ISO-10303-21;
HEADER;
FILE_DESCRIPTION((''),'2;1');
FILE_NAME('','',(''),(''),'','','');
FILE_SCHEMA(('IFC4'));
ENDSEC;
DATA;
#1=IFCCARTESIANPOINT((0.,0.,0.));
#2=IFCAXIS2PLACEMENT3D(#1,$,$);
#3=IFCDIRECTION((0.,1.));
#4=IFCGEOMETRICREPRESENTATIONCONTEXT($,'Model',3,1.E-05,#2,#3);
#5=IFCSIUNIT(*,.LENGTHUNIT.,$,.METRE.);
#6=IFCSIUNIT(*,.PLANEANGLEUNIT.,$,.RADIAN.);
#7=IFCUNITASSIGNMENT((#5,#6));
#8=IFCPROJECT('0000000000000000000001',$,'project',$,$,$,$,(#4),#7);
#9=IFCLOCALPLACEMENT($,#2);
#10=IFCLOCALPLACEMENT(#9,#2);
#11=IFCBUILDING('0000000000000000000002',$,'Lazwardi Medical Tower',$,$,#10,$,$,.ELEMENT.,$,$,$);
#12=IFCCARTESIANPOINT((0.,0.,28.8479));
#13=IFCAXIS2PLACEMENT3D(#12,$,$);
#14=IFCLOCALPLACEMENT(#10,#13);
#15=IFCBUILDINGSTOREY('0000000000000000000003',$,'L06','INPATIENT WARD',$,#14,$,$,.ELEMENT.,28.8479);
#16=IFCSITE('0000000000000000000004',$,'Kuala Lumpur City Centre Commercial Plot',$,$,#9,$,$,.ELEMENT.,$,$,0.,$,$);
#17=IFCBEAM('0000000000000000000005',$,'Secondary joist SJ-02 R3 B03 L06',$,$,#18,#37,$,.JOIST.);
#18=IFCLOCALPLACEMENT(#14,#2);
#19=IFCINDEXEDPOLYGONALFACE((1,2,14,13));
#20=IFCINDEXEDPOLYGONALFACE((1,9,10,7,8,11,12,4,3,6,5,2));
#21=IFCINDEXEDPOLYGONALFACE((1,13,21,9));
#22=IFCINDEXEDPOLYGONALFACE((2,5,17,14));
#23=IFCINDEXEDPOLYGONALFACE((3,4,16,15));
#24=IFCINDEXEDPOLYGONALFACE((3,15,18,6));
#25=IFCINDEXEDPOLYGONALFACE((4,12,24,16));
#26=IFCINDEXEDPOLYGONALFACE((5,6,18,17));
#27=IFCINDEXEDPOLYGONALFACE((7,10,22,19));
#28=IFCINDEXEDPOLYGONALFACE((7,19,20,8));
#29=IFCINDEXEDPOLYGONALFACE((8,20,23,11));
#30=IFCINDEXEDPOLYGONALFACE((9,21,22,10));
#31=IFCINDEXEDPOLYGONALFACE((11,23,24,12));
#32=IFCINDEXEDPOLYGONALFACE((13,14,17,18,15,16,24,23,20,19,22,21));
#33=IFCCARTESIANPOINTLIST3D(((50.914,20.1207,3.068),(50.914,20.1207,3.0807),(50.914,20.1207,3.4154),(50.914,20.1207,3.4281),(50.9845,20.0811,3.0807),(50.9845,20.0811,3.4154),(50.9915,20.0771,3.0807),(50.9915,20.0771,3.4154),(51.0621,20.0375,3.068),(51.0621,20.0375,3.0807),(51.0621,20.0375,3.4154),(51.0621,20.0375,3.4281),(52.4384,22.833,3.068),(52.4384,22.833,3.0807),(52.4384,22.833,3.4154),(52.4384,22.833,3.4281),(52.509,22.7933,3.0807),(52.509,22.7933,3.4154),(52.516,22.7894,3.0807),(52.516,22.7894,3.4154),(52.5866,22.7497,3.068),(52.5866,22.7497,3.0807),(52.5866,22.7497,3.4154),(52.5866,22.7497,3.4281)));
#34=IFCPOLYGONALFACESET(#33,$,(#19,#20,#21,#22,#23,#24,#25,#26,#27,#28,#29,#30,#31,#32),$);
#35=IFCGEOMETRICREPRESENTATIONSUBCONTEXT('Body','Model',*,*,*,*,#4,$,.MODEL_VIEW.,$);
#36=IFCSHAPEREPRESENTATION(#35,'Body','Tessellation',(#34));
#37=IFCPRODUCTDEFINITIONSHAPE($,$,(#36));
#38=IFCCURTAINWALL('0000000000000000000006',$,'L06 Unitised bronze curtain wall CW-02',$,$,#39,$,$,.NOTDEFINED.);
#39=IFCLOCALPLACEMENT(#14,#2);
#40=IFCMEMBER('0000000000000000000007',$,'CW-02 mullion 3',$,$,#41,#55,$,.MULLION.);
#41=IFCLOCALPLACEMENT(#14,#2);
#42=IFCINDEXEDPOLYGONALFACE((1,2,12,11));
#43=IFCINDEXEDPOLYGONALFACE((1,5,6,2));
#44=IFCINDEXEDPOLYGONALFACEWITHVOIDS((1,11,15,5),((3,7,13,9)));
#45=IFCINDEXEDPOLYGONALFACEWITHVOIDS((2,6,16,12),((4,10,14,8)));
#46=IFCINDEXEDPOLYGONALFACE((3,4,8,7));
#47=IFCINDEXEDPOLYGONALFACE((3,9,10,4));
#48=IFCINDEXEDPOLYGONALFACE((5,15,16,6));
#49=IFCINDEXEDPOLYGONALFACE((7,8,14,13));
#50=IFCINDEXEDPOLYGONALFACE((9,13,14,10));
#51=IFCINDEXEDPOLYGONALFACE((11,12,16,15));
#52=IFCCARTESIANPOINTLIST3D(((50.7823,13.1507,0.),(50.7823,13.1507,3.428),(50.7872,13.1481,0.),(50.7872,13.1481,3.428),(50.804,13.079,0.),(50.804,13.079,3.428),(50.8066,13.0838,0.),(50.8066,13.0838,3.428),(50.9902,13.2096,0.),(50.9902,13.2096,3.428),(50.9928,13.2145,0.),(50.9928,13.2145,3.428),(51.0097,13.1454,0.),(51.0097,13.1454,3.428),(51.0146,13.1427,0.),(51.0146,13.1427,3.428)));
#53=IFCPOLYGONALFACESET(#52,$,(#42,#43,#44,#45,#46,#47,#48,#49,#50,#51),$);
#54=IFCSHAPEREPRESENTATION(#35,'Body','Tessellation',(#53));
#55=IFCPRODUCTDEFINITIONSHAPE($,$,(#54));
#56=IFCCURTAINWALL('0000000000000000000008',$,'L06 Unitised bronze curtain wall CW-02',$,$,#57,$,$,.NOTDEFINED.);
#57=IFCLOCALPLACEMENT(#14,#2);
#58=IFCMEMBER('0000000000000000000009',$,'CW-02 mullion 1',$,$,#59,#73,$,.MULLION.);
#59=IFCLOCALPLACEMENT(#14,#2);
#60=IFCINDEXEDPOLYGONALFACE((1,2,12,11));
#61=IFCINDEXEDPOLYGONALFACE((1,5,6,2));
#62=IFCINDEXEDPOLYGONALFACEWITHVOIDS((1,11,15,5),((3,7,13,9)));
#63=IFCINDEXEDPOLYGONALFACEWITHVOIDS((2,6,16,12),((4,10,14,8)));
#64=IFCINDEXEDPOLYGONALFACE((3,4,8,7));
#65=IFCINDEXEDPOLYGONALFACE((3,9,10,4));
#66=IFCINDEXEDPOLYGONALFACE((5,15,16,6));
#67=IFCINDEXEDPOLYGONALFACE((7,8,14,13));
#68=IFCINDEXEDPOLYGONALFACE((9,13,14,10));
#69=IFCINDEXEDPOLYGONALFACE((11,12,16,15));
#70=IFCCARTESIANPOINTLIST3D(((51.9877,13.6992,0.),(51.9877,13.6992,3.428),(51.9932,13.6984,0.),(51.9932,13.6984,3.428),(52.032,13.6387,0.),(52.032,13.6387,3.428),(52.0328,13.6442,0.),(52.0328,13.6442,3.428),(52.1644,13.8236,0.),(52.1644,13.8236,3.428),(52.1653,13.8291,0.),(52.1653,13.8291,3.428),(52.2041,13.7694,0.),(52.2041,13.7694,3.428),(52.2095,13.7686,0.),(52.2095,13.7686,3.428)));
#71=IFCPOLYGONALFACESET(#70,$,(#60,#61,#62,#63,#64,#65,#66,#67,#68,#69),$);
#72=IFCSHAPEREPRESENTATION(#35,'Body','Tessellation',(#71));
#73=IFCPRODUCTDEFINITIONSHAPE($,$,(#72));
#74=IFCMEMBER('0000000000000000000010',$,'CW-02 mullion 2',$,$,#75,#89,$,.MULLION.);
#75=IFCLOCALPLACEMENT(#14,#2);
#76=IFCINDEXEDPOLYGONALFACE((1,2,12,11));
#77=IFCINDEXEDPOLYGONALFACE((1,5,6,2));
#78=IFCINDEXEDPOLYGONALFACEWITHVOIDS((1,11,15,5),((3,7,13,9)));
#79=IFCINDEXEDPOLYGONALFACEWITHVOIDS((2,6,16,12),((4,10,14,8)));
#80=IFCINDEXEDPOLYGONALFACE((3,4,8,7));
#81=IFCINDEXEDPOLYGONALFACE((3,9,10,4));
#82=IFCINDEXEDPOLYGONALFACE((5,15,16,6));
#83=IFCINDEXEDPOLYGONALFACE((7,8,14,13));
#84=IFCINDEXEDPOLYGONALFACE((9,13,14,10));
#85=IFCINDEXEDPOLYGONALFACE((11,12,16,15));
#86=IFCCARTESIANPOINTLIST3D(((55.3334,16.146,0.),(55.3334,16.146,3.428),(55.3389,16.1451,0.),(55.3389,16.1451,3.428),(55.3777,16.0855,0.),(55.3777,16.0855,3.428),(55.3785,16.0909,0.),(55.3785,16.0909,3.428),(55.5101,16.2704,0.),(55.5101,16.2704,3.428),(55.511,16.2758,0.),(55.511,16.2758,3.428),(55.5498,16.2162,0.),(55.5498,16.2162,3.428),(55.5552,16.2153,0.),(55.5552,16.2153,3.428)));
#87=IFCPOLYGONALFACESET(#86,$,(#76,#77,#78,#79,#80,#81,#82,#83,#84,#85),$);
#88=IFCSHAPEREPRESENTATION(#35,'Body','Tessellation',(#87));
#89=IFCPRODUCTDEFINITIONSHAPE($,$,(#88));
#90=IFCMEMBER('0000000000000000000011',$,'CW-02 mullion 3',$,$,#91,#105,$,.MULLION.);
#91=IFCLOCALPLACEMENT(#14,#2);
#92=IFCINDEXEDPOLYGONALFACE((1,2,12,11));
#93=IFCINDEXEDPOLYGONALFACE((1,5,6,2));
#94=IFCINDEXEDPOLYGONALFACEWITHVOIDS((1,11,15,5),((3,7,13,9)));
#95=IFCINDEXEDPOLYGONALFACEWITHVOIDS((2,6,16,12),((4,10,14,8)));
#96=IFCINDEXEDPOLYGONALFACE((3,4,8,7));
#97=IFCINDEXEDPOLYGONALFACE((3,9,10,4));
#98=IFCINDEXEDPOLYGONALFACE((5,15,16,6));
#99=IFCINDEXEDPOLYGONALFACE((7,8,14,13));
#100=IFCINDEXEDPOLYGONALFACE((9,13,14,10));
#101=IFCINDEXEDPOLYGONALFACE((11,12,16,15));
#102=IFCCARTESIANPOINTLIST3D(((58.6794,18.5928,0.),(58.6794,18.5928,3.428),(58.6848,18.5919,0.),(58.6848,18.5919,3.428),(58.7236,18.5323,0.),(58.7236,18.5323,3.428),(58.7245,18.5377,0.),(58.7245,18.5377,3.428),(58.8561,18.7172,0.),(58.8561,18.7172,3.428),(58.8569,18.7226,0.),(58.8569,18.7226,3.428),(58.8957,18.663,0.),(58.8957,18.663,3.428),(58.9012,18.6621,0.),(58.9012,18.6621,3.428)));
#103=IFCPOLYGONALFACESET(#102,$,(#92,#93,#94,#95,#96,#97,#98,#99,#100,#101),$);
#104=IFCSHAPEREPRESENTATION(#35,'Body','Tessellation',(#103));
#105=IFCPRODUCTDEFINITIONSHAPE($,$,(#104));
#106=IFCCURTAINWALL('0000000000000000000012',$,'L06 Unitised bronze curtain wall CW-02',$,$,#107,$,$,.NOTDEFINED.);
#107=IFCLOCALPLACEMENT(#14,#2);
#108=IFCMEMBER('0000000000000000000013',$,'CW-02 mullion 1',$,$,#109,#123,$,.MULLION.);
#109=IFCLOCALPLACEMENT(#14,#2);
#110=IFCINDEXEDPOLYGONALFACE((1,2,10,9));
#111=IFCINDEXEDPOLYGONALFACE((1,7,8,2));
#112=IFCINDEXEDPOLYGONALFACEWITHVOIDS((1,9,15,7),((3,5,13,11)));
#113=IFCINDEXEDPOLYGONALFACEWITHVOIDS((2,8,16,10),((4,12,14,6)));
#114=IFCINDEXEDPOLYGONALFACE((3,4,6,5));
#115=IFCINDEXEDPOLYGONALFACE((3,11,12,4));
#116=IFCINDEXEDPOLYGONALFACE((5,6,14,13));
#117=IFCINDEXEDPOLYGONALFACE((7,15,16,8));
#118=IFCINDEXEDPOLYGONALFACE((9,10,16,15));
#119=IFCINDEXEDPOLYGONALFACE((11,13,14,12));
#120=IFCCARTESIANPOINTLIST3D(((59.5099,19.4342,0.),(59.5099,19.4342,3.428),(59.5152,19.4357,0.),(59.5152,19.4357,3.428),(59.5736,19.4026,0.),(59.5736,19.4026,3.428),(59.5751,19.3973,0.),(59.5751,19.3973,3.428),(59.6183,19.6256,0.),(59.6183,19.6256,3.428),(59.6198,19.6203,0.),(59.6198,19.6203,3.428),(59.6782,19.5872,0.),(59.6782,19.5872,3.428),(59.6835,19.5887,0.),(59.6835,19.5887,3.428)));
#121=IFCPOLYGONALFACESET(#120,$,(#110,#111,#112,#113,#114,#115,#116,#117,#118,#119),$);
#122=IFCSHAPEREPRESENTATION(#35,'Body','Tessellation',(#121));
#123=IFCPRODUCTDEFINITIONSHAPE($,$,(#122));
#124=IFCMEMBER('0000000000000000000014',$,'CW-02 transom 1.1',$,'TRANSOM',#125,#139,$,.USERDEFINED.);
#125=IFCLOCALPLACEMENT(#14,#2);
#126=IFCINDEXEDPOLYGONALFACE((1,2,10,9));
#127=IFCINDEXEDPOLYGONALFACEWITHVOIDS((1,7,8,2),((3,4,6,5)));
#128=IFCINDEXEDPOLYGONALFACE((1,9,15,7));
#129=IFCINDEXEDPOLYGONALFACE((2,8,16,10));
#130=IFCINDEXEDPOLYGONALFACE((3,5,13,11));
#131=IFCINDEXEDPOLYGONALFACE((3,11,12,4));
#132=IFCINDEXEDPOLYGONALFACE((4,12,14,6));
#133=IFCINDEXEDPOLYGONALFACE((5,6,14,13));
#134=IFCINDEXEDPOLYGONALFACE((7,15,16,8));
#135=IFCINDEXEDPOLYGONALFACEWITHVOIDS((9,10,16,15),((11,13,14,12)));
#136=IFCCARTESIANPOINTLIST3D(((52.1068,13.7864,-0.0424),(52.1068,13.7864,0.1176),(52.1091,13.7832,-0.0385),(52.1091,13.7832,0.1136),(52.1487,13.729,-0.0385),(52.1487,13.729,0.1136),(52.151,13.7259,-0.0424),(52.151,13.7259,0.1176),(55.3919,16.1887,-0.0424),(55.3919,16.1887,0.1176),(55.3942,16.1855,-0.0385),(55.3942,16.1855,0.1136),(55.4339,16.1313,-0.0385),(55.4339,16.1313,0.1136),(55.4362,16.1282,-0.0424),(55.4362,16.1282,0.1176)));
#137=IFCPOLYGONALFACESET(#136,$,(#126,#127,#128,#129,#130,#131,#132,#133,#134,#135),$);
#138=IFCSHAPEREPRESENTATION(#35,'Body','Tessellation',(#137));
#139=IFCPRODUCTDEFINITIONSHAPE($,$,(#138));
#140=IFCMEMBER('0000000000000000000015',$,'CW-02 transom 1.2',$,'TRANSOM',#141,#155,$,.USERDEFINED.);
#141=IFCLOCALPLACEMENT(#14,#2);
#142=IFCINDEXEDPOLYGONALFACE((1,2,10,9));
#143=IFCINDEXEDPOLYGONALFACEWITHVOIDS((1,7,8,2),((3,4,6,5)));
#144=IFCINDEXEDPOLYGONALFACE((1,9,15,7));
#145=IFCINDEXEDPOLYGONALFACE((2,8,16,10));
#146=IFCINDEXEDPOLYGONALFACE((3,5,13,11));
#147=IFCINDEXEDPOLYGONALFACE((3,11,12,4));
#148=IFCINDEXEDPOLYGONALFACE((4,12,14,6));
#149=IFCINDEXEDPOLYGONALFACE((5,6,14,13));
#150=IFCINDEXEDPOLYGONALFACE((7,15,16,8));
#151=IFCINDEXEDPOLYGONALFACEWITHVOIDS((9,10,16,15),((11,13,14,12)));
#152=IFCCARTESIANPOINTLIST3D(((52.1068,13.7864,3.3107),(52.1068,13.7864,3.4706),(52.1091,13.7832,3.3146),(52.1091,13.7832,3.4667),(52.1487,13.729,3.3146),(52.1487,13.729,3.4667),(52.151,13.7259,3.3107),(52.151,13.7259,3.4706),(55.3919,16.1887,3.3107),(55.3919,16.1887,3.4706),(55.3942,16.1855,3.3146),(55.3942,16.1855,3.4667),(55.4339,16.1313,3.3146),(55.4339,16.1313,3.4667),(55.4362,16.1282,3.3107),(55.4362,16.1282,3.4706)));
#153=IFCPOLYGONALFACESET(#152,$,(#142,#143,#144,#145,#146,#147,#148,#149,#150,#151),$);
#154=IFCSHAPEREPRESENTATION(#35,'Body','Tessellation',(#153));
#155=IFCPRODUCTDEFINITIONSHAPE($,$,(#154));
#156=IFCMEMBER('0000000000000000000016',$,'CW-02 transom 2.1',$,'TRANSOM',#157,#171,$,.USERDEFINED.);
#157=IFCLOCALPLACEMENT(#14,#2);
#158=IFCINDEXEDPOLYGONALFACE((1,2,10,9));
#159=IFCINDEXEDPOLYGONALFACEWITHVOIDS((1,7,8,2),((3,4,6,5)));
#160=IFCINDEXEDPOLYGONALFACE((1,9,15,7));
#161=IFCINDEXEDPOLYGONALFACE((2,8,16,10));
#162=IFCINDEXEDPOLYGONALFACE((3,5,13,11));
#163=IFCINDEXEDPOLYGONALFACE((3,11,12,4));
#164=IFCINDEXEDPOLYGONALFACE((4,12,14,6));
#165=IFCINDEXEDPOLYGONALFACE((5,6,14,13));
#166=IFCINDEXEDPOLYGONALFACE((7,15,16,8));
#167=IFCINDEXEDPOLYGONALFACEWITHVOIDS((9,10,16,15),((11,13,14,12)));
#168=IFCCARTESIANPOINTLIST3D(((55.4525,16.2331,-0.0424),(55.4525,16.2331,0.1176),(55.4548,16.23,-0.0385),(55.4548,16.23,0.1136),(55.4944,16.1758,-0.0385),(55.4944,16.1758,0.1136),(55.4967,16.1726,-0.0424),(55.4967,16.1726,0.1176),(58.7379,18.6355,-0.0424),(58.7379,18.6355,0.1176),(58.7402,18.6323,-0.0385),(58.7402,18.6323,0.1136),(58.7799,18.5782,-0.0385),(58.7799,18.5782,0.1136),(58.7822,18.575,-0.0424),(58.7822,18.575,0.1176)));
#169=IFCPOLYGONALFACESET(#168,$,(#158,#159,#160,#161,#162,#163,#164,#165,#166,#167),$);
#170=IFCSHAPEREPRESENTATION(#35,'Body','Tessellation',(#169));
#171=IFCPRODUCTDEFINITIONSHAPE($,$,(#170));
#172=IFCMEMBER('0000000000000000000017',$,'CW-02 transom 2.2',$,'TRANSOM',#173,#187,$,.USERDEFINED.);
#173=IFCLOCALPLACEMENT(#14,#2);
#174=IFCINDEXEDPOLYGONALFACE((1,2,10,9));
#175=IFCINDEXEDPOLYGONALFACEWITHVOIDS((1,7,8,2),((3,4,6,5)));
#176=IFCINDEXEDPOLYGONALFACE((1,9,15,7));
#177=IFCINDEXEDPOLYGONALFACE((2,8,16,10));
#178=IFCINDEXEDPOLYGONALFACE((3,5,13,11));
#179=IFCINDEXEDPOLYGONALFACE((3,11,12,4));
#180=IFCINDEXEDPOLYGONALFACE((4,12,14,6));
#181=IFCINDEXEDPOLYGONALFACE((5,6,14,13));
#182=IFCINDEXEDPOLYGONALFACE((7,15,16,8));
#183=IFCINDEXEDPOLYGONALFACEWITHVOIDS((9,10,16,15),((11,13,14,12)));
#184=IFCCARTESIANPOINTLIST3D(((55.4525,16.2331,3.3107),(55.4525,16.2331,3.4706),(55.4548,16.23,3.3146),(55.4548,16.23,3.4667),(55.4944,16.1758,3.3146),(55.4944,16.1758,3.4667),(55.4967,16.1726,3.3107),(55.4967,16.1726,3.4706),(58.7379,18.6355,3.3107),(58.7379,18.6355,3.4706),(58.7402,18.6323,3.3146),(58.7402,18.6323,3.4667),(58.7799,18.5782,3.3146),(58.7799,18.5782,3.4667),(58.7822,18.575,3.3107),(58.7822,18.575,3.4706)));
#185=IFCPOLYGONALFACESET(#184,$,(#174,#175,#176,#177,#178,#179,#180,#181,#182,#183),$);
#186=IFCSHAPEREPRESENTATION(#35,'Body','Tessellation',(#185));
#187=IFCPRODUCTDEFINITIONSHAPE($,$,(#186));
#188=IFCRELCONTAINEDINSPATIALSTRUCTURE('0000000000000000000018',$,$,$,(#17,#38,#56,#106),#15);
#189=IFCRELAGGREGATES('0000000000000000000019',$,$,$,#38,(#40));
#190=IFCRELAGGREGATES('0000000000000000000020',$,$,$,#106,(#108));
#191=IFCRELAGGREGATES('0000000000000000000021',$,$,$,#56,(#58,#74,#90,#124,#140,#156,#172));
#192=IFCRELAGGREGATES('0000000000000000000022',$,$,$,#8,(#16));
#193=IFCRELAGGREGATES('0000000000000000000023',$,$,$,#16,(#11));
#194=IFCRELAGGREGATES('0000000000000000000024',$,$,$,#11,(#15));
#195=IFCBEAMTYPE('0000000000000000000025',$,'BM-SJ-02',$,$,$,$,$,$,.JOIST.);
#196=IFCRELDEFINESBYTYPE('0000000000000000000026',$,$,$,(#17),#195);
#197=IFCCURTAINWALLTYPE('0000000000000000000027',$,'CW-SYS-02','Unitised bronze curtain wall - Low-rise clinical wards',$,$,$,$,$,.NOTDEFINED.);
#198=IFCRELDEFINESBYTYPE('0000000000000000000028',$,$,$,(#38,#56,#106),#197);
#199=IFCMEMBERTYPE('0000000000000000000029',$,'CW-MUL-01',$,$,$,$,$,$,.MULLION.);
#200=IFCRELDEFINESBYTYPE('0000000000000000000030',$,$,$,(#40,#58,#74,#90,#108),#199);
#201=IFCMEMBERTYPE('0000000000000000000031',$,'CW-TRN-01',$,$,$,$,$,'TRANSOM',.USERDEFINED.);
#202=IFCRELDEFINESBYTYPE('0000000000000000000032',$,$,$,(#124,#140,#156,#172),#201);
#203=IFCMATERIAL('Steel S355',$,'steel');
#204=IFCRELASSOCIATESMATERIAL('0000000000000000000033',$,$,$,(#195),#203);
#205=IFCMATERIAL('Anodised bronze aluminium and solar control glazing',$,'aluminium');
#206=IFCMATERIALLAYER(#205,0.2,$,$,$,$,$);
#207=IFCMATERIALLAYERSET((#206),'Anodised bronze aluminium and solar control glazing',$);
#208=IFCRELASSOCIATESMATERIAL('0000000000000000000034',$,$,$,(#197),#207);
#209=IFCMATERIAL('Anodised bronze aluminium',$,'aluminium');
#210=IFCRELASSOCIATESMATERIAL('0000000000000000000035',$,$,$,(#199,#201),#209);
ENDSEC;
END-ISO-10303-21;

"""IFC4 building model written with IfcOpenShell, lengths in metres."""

from ifc_helpers import new_model, si_unit, direction, frame, origin, origin_2d, place, context, subcontext, project, spatial, hollow_rectangle, i_section, extrude, material, layer, layer_set, material_profile, profile_set, type_object, element, aggregate, save


model = new_model("IFC4")

# Units and contexts
model_context = context("Model", 3, precision=1e-05, world=origin(), true_north=direction((0.0, 1.0)))
body_context = subcontext(model_context, "Body", "Model", "MODEL_VIEW")
ifc_project = project(units=[si_unit("LENGTHUNIT", "METRE"), si_unit("PLANEANGLEUNIT", "RADIAN")], contexts=[model_context])

# Site, building, storey
site_placement = place(None, origin())
site = spatial("IfcSite", under=ifc_project, at=site_placement, Name="Kuala Lumpur City Centre Commercial Plot", CompositionType="ELEMENT", RefElevation=0.0)
building_placement = place(site_placement, origin())
building = spatial("IfcBuilding", under=site, at=building_placement, Name="Lazwardi Medical Tower", CompositionType="ELEMENT")
storey_placement = place(building_placement, frame((0.0, 0.0, 28.8479)))
storey = spatial("IfcBuildingStorey", under=building, at=storey_placement, Name="L06", Description="INPATIENT WARD", CompositionType="ELEMENT", Elevation=28.8479)

# Beam
ifc_material_1 = material(Name="Steel S355", Category="steel")
ifc_material_profile_1 = material_profile(ifc_material_1, i_section(OverallWidth=0.1699, OverallDepth=0.3601, WebThickness=0.0081, FlangeThickness=0.0127, at=origin_2d()), Name="IPE 360")
ifc_profile_set_1 = profile_set([ifc_material_profile_1], Name="Steel S355")
beam_type_1 = type_object("IfcBeamType", Name="BM-SJ-02", PredefinedType="JOIST", material=ifc_profile_set_1)
beam_1_placement = place(storey_placement, frame((50.988, 20.0791, 3.248), z_axis=(0.489974, 0.871737, 0.0), x_axis=(-0.871737, 0.489974, 0.0)))
element("IfcBeam", 1, at=beam_1_placement, inside=storey, type_object=beam_type_1, Name="Secondary joist SJ-02 R3 B03 L06", PredefinedType="JOIST", context=body_context, shape_type="SweptSolid", body=[
    extrude(i_section(OverallWidth=0.1699, OverallDepth=0.3601, WebThickness=0.0081, FlangeThickness=0.0127, at=origin_2d()), origin(), (0.0, 0.0, 1.0), 3.1113),
])

# Curtain wall, member
ifc_material_2 = material(Name="Anodised bronze aluminium and solar control glazing", Category="aluminium")
ifc_layer_1 = layer(ifc_material_2, 0.2)
ifc_layer_set_1 = layer_set([ifc_layer_1], Name="Anodised bronze aluminium and solar control glazing")
curtain_wall_type = type_object("IfcCurtainWallType", Name="CW-SYS-02", Description="Unitised bronze curtain wall - Low-rise clinical wards", PredefinedType="NOTDEFINED", material=ifc_layer_set_1)
curtain_wall_1_placement = place(storey_placement, origin())
curtain_wall_1 = element("IfcCurtainWall", 2, at=curtain_wall_1_placement, inside=storey, type_object=curtain_wall_type, Name="L06 Unitised bronze curtain wall CW-02", PredefinedType="NOTDEFINED")
ifc_material_3 = material(Name="Anodised bronze aluminium", Category="aluminium")
ifc_material_profile_2 = material_profile(ifc_material_3, hollow_rectangle(XDim=0.075, YDim=0.22, WallThickness=0.0039, at=origin_2d()), Name="ALU-MULLION 220x75x4")
ifc_profile_set_2 = profile_set([ifc_material_profile_2], Name="Anodised bronze aluminium")
member_type_1 = type_object("IfcMemberType", Name="CW-MUL-01", PredefinedType="MULLION", material=ifc_profile_set_2)
member_1_placement = place(storey_placement, frame((50.8984, 13.1467, 0.0), z_axis=(0.0, 0.0, 1.0), x_axis=(-0.289896, 0.957058, 0.0)))
member_1 = element("IfcMember", 3, at=member_1_placement, type_object=member_type_1, Name="CW-02 mullion 3", PredefinedType="MULLION", context=body_context, shape_type="SweptSolid", body=[
    extrude(hollow_rectangle(XDim=0.075, YDim=0.22, WallThickness=0.0039, at=origin_2d()), origin(), (0.0, 0.0, 1.0), 3.428),
])
aggregate(curtain_wall_1, [member_1])

# Curtain wall, members
curtain_wall_2_placement = place(storey_placement, origin())
curtain_wall_2 = element("IfcCurtainWall", 4, at=curtain_wall_2_placement, inside=storey, type_object=curtain_wall_type, Name="L06 Unitised bronze curtain wall CW-02", PredefinedType="NOTDEFINED")
member_2_placement = place(storey_placement, frame((52.0986, 13.7339, 0.0), z_axis=(0.0, 0.0, 1.0), x_axis=(-0.590289, 0.807192, 0.0)))
member_2 = element("IfcMember", 5, at=member_2_placement, type_object=member_type_1, Name="CW-02 mullion 1", PredefinedType="MULLION", context=body_context, shape_type="SweptSolid", body=[
    extrude(hollow_rectangle(XDim=0.075, YDim=0.22, WallThickness=0.0039, at=origin_2d()), origin(), (0.0, 0.0, 1.0), 3.428),
])
member_3_placement = place(storey_placement, frame((55.4443, 16.1807, 0.0), z_axis=(0.0, 0.0, 1.0), x_axis=(-0.590289, 0.807192, 0.0)))
member_3 = element("IfcMember", 6, at=member_3_placement, type_object=member_type_1, Name="CW-02 mullion 2", PredefinedType="MULLION", context=body_context, shape_type="SweptSolid", body=[
    extrude(hollow_rectangle(XDim=0.075, YDim=0.22, WallThickness=0.0039, at=origin_2d()), origin(), (0.0, 0.0, 1.0), 3.428),
])
member_4_placement = place(storey_placement, frame((58.7903, 18.6274, 0.0), z_axis=(0.0, 0.0, 1.0), x_axis=(-0.590289, 0.807192, 0.0)))
member_4 = element("IfcMember", 7, at=member_4_placement, type_object=member_type_1, Name="CW-02 mullion 3", PredefinedType="MULLION", context=body_context, shape_type="SweptSolid", body=[
    extrude(hollow_rectangle(XDim=0.075, YDim=0.22, WallThickness=0.0039, at=origin_2d()), origin(), (0.0, 0.0, 1.0), 3.428),
])

# Curtain wall, member
curtain_wall_3_placement = place(storey_placement, origin())
curtain_wall_3 = element("IfcCurtainWall", 8, at=curtain_wall_3_placement, inside=storey, type_object=curtain_wall_type, Name="L06 Unitised bronze curtain wall CW-02", PredefinedType="NOTDEFINED")
member_5_placement = place(storey_placement, frame((59.5967, 19.5115, 0.0), z_axis=(0.0, 0.0, 1.0), x_axis=(-0.870112, 0.492854, 0.0)))
member_5 = element("IfcMember", 9, at=member_5_placement, type_object=member_type_1, Name="CW-02 mullion 1", PredefinedType="MULLION", context=body_context, shape_type="SweptSolid", body=[
    extrude(hollow_rectangle(XDim=0.075, YDim=0.22, WallThickness=0.0039, at=origin_2d()), origin(), (0.0, 0.0, 1.0), 3.428),
])

# Members
ifc_material_profile_3 = material_profile(ifc_material_3, hollow_rectangle(XDim=0.075, YDim=0.1599, WallThickness=0.0039, at=origin_2d()), Name="ALU-TRANSOM 160x75x4")
ifc_profile_set_3 = profile_set([ifc_material_profile_3], Name="Anodised bronze aluminium")
member_type_2 = type_object("IfcMemberType", Name="CW-TRN-01", ElementType="TRANSOM", PredefinedType="USERDEFINED", material=ifc_profile_set_3)
member_6_placement = place(storey_placement, frame((52.1289, 13.7561, 0.0376), z_axis=(0.807198, 0.590281, 0.0), x_axis=(-0.590281, 0.807198, 0.0)))
member_6 = element("IfcMember", 10, at=member_6_placement, type_object=member_type_2, Name="CW-02 transom 1.1", ObjectType="TRANSOM", PredefinedType="USERDEFINED", context=body_context, shape_type="SweptSolid", body=[
    extrude(hollow_rectangle(XDim=0.075, YDim=0.1599, WallThickness=0.0039, at=origin_2d()), origin(), (0.0, 0.0, 1.0), 4.0698),
])
member_7_placement = place(storey_placement, frame((52.1289, 13.7561, 3.3906), z_axis=(0.807198, 0.590281, 0.0), x_axis=(-0.590281, 0.807198, 0.0)))
member_7 = element("IfcMember", 11, at=member_7_placement, type_object=member_type_2, Name="CW-02 transom 1.2", ObjectType="TRANSOM", PredefinedType="USERDEFINED", context=body_context, shape_type="SweptSolid", body=[
    extrude(hollow_rectangle(XDim=0.075, YDim=0.1599, WallThickness=0.0039, at=origin_2d()), origin(), (0.0, 0.0, 1.0), 4.0698),
])
member_8_placement = place(storey_placement, frame((55.4746, 16.2029, 0.0376), z_axis=(0.807219, 0.590253, 0.0), x_axis=(-0.590253, 0.807219, 0.0)))
member_8 = element("IfcMember", 12, at=member_8_placement, type_object=member_type_2, Name="CW-02 transom 2.1", ObjectType="TRANSOM", PredefinedType="USERDEFINED", context=body_context, shape_type="SweptSolid", body=[
    extrude(hollow_rectangle(XDim=0.075, YDim=0.1599, WallThickness=0.0039, at=origin_2d()), origin(), (0.0, 0.0, 1.0), 4.0701),
])
member_9_placement = place(storey_placement, frame((55.4746, 16.2029, 3.3906), z_axis=(0.807219, 0.590253, 0.0), x_axis=(-0.590253, 0.807219, 0.0)))
member_9 = element("IfcMember", 13, at=member_9_placement, type_object=member_type_2, Name="CW-02 transom 2.2", ObjectType="TRANSOM", PredefinedType="USERDEFINED", context=body_context, shape_type="SweptSolid", body=[
    extrude(hollow_rectangle(XDim=0.075, YDim=0.1599, WallThickness=0.0039, at=origin_2d()), origin(), (0.0, 0.0, 1.0), 4.0701),
])
aggregate(curtain_wall_3, [member_5])

aggregate(curtain_wall_2, [member_2, member_3, member_4, member_6, member_7, member_8, member_9])

save(model, "model.ifc")
